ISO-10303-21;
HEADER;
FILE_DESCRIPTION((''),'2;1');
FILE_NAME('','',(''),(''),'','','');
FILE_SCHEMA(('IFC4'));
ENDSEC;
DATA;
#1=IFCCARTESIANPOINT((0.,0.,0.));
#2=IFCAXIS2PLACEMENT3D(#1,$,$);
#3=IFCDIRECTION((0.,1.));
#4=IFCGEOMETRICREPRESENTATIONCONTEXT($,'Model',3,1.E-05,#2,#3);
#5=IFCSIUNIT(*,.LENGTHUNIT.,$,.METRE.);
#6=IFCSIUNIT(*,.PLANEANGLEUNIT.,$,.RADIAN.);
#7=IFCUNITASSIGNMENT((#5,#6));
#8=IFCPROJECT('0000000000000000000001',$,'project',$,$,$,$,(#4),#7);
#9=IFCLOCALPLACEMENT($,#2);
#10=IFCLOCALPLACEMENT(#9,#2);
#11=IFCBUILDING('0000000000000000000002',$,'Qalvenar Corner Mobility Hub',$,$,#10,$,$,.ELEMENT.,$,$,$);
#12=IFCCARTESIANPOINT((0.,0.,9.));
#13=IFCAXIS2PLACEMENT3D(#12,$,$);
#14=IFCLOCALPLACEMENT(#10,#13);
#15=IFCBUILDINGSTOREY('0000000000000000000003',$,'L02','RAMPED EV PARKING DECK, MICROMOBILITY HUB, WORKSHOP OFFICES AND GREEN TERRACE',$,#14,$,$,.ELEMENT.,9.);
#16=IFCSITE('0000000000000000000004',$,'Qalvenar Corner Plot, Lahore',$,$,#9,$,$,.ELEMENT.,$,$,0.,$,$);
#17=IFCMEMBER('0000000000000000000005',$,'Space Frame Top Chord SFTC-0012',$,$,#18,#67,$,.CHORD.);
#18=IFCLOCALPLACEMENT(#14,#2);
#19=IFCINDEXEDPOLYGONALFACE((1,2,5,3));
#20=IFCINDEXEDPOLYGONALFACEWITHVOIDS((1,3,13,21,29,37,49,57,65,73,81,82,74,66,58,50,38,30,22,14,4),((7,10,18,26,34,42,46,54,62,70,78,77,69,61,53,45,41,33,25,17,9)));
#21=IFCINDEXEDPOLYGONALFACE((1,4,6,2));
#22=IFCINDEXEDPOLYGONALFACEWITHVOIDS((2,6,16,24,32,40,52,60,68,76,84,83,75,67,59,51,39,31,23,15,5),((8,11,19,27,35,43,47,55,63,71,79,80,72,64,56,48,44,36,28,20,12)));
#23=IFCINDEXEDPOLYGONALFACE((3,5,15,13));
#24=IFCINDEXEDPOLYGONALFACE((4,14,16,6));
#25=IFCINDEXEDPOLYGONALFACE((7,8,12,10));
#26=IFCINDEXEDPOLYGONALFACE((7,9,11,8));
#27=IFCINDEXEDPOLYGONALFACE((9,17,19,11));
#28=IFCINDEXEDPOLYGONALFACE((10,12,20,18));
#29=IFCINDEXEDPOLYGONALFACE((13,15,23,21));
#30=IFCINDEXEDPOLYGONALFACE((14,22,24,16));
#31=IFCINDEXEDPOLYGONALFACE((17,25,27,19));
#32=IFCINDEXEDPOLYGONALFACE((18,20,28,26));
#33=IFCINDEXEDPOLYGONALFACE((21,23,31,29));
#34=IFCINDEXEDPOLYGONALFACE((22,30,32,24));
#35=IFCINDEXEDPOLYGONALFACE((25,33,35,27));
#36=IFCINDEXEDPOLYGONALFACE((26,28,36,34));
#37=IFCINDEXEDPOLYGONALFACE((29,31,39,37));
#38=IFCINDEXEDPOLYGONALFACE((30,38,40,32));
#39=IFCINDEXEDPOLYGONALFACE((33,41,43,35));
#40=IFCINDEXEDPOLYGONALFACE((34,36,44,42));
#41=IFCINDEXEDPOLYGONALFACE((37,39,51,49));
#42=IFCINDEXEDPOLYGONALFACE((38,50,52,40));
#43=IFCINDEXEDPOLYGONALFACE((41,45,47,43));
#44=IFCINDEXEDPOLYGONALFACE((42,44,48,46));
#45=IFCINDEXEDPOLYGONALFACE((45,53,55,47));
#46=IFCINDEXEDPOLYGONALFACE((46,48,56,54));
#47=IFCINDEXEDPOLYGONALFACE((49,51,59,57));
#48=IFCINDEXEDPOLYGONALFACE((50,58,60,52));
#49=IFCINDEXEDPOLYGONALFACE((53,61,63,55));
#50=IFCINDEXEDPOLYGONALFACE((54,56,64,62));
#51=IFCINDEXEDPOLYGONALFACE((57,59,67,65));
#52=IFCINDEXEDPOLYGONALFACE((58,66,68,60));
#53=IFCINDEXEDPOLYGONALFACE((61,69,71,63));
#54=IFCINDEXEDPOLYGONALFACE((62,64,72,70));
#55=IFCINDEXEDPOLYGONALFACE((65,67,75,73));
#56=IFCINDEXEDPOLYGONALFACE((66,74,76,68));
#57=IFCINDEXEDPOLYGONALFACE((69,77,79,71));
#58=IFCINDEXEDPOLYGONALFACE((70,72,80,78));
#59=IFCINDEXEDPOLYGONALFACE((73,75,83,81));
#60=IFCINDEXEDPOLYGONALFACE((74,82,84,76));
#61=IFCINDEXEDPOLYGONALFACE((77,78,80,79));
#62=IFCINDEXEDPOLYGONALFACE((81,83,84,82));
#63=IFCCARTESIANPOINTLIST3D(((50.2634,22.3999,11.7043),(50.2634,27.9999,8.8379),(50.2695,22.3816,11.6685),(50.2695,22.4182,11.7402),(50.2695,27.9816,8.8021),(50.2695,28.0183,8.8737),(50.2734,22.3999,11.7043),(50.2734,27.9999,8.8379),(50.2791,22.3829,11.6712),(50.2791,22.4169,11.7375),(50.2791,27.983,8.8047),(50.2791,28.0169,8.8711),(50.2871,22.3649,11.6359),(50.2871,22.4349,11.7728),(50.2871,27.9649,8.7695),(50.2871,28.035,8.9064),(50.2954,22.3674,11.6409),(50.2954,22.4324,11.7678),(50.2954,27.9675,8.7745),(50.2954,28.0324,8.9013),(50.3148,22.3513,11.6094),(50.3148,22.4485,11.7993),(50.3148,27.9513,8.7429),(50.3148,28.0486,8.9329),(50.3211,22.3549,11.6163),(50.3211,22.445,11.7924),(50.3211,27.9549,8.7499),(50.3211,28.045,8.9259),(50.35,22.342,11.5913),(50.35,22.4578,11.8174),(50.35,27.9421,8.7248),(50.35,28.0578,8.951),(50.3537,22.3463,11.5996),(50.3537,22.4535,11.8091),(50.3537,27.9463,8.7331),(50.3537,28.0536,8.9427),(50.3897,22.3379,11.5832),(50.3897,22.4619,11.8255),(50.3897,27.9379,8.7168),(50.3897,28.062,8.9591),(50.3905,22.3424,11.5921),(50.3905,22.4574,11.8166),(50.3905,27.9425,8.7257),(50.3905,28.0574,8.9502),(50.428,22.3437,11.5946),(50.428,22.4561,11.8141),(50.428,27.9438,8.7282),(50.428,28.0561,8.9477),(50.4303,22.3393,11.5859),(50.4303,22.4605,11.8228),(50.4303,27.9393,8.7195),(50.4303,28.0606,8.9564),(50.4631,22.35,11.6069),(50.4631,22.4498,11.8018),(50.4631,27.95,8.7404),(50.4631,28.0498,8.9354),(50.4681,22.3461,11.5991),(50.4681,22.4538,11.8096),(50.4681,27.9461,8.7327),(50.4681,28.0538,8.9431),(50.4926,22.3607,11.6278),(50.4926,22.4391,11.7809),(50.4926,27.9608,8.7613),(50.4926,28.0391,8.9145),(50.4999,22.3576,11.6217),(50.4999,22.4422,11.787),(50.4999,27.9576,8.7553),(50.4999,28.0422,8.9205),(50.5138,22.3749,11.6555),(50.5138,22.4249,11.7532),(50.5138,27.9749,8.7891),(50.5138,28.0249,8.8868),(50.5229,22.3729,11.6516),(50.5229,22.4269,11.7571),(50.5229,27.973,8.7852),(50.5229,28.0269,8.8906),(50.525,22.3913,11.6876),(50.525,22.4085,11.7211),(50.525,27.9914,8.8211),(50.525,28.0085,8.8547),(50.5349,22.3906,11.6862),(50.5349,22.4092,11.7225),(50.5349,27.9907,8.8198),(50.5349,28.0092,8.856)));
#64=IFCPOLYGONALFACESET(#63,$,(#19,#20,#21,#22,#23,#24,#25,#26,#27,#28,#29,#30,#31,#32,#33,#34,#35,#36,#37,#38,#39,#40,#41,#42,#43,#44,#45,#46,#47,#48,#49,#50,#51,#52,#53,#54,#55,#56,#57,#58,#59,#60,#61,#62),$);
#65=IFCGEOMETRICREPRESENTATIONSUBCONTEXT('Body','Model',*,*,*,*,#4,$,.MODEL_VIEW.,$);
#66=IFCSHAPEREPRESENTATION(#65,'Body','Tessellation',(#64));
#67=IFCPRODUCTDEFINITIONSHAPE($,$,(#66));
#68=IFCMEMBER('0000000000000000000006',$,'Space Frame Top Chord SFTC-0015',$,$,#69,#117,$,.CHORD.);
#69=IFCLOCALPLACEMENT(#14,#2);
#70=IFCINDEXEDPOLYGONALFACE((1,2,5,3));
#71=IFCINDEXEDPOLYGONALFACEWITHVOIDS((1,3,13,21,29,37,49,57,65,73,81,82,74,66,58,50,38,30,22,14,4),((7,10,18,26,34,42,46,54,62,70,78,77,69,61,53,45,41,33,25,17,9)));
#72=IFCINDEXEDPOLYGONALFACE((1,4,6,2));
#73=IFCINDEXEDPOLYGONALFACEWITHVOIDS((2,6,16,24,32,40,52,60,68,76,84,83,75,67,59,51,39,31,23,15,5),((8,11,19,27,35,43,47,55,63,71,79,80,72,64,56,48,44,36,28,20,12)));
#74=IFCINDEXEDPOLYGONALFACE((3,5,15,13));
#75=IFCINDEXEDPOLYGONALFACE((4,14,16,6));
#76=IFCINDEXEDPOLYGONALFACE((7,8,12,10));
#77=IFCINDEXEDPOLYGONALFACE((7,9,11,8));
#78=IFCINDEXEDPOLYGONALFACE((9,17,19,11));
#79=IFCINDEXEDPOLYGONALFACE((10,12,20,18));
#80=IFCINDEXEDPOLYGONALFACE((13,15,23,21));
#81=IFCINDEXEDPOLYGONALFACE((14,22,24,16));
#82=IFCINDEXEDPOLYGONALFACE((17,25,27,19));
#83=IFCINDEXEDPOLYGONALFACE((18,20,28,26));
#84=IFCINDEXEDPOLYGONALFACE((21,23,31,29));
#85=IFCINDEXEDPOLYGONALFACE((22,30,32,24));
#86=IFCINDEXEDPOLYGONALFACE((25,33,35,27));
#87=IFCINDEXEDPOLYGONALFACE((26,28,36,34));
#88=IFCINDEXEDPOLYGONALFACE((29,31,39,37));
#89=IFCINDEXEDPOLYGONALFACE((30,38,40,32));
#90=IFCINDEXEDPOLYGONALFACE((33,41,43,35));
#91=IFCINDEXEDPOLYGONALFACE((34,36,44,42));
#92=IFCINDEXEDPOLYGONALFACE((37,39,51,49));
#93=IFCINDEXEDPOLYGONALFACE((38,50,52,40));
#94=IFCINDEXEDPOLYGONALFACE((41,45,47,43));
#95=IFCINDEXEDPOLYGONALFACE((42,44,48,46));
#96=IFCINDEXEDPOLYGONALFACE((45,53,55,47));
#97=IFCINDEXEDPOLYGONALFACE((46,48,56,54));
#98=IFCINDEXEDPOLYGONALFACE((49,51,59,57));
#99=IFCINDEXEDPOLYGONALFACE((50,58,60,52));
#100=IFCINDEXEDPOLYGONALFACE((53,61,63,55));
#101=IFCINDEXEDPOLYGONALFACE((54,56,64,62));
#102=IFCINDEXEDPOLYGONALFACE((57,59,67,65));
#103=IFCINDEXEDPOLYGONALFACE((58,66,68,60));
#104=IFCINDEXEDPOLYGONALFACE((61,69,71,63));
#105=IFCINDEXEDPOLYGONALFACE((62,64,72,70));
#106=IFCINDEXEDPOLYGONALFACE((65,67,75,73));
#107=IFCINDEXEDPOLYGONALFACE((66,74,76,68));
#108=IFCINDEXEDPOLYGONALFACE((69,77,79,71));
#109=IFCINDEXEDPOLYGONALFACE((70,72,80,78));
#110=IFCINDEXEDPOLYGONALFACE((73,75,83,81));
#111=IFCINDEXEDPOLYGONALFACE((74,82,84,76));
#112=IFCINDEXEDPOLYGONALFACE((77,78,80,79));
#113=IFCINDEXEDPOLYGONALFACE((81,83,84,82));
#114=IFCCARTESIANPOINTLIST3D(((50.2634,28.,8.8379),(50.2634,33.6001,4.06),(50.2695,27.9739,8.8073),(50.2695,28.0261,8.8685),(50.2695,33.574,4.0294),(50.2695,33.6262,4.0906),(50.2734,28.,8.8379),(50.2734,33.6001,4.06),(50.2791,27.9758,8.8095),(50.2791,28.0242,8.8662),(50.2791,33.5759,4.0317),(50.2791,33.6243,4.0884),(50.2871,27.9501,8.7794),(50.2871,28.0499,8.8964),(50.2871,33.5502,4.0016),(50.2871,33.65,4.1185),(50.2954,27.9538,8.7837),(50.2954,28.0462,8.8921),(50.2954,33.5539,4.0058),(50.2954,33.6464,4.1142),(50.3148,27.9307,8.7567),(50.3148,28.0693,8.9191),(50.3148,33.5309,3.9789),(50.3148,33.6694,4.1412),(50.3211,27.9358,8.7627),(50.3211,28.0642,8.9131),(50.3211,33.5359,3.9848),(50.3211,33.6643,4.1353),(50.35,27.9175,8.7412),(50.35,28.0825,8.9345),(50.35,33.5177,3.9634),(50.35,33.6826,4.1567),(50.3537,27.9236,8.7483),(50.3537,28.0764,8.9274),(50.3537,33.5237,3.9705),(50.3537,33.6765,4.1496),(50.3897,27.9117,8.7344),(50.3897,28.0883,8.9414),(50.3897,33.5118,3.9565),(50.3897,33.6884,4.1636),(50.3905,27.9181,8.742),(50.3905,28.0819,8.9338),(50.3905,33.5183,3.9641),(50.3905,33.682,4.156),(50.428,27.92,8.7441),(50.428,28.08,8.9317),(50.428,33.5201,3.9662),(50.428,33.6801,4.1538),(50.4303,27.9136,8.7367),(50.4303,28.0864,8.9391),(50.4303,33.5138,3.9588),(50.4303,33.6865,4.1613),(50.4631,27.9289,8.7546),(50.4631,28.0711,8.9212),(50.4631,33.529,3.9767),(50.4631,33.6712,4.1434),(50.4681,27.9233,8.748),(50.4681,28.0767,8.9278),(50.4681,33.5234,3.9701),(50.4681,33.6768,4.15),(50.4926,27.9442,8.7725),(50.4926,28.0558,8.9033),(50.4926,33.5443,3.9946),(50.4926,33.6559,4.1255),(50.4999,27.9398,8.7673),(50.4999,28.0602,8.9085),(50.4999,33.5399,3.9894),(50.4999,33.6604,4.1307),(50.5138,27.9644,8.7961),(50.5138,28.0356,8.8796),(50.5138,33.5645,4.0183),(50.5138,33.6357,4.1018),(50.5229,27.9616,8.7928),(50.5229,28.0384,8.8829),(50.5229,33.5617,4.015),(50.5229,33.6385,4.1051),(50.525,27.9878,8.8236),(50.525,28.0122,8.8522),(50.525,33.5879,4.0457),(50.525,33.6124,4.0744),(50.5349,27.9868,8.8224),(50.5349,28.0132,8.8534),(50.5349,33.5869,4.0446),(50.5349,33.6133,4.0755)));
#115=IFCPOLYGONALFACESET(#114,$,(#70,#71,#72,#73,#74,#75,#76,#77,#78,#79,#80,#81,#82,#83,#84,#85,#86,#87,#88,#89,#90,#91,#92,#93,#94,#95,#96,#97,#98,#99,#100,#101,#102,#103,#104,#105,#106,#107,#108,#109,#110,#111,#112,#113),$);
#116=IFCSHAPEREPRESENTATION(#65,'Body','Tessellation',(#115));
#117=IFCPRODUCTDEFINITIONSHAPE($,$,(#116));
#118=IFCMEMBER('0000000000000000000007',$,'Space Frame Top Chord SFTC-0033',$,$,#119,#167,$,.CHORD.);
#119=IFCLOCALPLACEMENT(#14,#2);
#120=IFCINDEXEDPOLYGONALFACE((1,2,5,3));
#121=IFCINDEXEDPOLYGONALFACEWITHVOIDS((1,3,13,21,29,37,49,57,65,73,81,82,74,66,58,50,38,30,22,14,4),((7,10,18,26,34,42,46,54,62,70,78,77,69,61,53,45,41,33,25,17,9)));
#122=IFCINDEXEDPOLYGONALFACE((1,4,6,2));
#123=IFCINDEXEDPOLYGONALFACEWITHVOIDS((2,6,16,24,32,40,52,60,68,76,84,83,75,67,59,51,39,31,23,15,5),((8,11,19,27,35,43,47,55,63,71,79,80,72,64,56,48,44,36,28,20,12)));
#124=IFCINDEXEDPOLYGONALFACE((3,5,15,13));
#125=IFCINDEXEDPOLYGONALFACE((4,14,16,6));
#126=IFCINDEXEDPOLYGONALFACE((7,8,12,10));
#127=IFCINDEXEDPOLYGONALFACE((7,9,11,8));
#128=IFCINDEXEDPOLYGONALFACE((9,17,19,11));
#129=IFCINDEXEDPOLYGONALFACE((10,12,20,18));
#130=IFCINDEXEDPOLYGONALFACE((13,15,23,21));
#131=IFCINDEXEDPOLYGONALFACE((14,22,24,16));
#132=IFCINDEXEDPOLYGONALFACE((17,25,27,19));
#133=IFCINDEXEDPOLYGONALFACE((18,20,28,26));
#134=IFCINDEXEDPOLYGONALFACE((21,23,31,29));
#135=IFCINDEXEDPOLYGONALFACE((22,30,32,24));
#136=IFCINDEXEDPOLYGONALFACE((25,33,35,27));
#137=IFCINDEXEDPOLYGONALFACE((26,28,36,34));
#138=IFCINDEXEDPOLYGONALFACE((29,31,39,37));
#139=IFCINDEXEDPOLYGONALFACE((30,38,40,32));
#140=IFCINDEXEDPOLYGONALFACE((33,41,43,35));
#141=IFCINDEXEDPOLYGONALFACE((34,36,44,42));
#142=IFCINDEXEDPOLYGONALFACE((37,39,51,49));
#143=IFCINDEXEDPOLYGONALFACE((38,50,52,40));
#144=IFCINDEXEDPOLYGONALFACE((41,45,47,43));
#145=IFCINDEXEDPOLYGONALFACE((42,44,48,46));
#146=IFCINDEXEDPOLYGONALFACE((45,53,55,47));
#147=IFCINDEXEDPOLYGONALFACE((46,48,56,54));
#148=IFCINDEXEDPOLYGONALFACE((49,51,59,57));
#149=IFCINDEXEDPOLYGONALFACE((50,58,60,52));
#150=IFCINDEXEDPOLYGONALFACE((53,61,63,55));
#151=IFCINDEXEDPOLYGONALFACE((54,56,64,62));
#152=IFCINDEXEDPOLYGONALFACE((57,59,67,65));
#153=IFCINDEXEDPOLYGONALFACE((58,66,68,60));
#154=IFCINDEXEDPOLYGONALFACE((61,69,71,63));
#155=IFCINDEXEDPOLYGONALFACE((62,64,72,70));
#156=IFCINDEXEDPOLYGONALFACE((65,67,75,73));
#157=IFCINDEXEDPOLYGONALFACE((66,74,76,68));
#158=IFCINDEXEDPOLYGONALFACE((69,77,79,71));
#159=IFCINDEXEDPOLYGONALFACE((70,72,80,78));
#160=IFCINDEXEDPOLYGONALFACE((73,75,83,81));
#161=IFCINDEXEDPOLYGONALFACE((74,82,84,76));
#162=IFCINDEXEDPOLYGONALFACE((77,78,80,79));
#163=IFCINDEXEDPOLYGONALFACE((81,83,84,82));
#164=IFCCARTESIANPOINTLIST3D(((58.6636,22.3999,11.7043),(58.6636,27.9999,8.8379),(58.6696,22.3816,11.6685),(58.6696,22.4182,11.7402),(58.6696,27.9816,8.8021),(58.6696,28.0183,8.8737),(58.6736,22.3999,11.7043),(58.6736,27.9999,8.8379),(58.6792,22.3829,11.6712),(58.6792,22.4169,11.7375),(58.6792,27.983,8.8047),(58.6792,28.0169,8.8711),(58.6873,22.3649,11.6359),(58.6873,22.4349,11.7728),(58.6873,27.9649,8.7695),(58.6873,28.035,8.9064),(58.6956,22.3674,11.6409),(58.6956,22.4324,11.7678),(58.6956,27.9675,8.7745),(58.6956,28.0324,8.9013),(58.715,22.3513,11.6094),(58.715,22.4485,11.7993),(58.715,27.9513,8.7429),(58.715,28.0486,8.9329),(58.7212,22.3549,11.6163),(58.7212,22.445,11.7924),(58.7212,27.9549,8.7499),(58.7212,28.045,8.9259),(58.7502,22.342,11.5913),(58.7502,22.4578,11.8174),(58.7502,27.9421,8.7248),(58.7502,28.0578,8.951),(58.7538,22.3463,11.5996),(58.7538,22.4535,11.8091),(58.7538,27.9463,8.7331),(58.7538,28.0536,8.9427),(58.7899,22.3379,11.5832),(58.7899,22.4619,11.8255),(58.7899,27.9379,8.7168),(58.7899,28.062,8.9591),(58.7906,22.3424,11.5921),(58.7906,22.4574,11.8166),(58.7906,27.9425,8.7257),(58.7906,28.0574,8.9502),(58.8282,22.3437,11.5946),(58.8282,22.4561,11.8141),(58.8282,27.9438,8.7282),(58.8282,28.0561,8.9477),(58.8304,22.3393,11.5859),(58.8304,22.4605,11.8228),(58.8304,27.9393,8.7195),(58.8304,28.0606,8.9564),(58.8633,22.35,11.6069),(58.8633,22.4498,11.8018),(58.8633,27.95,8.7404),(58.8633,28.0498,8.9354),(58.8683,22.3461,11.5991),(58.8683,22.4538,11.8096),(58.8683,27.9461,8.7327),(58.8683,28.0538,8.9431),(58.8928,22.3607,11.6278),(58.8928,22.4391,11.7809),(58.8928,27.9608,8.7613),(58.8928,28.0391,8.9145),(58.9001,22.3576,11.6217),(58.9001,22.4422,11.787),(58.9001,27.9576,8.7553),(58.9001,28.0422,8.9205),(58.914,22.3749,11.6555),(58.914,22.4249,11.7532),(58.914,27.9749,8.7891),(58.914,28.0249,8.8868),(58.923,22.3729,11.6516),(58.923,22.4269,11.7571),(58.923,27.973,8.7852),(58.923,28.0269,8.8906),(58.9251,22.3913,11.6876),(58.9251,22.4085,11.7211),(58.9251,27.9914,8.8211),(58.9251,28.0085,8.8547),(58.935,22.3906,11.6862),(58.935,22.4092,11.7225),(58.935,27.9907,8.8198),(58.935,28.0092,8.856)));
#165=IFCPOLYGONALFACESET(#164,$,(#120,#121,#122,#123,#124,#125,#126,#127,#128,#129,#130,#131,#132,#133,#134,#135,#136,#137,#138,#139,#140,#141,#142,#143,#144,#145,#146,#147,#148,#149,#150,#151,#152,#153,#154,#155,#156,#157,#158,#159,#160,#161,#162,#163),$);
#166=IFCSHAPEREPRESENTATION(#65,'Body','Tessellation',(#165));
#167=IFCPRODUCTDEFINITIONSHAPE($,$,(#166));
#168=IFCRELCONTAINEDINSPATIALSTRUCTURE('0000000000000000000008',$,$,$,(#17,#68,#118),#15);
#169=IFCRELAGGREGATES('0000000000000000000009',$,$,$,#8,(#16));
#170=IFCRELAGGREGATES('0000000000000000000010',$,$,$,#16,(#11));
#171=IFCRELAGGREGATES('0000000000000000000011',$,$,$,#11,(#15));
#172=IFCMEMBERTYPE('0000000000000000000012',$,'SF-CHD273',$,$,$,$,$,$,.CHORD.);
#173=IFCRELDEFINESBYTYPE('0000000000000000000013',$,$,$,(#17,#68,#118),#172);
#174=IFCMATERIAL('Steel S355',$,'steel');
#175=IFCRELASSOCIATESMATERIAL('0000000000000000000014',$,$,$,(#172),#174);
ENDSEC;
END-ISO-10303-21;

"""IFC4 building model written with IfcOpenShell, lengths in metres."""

from ifc_helpers import new_model, si_unit, direction, frame, origin, origin_2d, place, context, subcontext, project, spatial, hollow_circle, extrude, material, material_profile, profile_set, type_object, element, save


model = new_model("IFC4")

# Units and contexts
model_context = context("Model", 3, precision=1e-05, world=origin(), true_north=direction((0.0, 1.0)))
body_context = subcontext(model_context, "Body", "Model", "MODEL_VIEW")
ifc_project = project(units=[si_unit("LENGTHUNIT", "METRE"), si_unit("PLANEANGLEUNIT", "RADIAN")], contexts=[model_context])

# Site, building, storey
site_placement = place(None, origin())
site = spatial("IfcSite", under=ifc_project, at=site_placement, Name="Qalvenar Corner Plot, Lahore", CompositionType="ELEMENT", RefElevation=0.0)
building_placement = place(site_placement, origin())
building = spatial("IfcBuilding", under=site, at=building_placement, Name="Qalvenar Corner Mobility Hub", CompositionType="ELEMENT")
storey_placement = place(building_placement, frame((0.0, 0.0, 9.0)))
storey = spatial("IfcBuildingStorey", under=building, at=storey_placement, Name="L02", Description="RAMPED EV PARKING DECK, MICROMOBILITY HUB, WORKSHOP OFFICES AND GREEN TERRACE", CompositionType="ELEMENT", Elevation=9.0)

# Members
ifc_material_1 = material(Name="Steel S355", Category="steel")
ifc_material_profile_1 = material_profile(ifc_material_1, hollow_circle(Radius=0.1365, WallThickness=0.01, at=origin_2d()), Name="CHS273x10")
ifc_profile_set_1 = profile_set([ifc_material_profile_1], Name="Steel S355")
member_type_1 = type_object("IfcMemberType", Name="SF-CHD273", PredefinedType="CHORD", material=ifc_profile_set_1)
member_1_placement = place(storey_placement, frame((50.3999, 22.3999, 11.7043), z_axis=(0.0, 0.890165, -0.455638), x_axis=(-1.0, 0.0, 0.0)))
element("IfcMember", 1, at=member_1_placement, inside=storey, type_object=member_type_1, Name="Space Frame Top Chord SFTC-0012", PredefinedType="CHORD", context=body_context, shape_type="SweptSolid", body=[
    extrude(hollow_circle(Radius=0.1365, WallThickness=0.01, at=origin_2d()), origin(), (0.0, 0.0, 1.0), 6.291),
])
member_2_placement = place(storey_placement, frame((50.3999, 28.0, 8.8379), z_axis=(0.0, 0.760748, -0.649047), x_axis=(-1.0, 0.0, 0.0)))
element("IfcMember", 2, at=member_2_placement, inside=storey, type_object=member_type_1, Name="Space Frame Top Chord SFTC-0015", PredefinedType="CHORD", context=body_context, shape_type="SweptSolid", body=[
    extrude(hollow_circle(Radius=0.1365, WallThickness=0.01, at=origin_2d()), origin(), (0.0, 0.0, 1.0), 7.3613),
])
member_3_placement = place(storey_placement, frame((58.8, 22.3999, 11.7043), z_axis=(0.0, 0.890165, -0.455638), x_axis=(-1.0, 0.0, 0.0)))
element("IfcMember", 3, at=member_3_placement, inside=storey, type_object=member_type_1, Name="Space Frame Top Chord SFTC-0033", PredefinedType="CHORD", context=body_context, shape_type="SweptSolid", body=[
    extrude(hollow_circle(Radius=0.1365, WallThickness=0.01, at=origin_2d()), origin(), (0.0, 0.0, 1.0), 6.291),
])

save(model, "model.ifc")
